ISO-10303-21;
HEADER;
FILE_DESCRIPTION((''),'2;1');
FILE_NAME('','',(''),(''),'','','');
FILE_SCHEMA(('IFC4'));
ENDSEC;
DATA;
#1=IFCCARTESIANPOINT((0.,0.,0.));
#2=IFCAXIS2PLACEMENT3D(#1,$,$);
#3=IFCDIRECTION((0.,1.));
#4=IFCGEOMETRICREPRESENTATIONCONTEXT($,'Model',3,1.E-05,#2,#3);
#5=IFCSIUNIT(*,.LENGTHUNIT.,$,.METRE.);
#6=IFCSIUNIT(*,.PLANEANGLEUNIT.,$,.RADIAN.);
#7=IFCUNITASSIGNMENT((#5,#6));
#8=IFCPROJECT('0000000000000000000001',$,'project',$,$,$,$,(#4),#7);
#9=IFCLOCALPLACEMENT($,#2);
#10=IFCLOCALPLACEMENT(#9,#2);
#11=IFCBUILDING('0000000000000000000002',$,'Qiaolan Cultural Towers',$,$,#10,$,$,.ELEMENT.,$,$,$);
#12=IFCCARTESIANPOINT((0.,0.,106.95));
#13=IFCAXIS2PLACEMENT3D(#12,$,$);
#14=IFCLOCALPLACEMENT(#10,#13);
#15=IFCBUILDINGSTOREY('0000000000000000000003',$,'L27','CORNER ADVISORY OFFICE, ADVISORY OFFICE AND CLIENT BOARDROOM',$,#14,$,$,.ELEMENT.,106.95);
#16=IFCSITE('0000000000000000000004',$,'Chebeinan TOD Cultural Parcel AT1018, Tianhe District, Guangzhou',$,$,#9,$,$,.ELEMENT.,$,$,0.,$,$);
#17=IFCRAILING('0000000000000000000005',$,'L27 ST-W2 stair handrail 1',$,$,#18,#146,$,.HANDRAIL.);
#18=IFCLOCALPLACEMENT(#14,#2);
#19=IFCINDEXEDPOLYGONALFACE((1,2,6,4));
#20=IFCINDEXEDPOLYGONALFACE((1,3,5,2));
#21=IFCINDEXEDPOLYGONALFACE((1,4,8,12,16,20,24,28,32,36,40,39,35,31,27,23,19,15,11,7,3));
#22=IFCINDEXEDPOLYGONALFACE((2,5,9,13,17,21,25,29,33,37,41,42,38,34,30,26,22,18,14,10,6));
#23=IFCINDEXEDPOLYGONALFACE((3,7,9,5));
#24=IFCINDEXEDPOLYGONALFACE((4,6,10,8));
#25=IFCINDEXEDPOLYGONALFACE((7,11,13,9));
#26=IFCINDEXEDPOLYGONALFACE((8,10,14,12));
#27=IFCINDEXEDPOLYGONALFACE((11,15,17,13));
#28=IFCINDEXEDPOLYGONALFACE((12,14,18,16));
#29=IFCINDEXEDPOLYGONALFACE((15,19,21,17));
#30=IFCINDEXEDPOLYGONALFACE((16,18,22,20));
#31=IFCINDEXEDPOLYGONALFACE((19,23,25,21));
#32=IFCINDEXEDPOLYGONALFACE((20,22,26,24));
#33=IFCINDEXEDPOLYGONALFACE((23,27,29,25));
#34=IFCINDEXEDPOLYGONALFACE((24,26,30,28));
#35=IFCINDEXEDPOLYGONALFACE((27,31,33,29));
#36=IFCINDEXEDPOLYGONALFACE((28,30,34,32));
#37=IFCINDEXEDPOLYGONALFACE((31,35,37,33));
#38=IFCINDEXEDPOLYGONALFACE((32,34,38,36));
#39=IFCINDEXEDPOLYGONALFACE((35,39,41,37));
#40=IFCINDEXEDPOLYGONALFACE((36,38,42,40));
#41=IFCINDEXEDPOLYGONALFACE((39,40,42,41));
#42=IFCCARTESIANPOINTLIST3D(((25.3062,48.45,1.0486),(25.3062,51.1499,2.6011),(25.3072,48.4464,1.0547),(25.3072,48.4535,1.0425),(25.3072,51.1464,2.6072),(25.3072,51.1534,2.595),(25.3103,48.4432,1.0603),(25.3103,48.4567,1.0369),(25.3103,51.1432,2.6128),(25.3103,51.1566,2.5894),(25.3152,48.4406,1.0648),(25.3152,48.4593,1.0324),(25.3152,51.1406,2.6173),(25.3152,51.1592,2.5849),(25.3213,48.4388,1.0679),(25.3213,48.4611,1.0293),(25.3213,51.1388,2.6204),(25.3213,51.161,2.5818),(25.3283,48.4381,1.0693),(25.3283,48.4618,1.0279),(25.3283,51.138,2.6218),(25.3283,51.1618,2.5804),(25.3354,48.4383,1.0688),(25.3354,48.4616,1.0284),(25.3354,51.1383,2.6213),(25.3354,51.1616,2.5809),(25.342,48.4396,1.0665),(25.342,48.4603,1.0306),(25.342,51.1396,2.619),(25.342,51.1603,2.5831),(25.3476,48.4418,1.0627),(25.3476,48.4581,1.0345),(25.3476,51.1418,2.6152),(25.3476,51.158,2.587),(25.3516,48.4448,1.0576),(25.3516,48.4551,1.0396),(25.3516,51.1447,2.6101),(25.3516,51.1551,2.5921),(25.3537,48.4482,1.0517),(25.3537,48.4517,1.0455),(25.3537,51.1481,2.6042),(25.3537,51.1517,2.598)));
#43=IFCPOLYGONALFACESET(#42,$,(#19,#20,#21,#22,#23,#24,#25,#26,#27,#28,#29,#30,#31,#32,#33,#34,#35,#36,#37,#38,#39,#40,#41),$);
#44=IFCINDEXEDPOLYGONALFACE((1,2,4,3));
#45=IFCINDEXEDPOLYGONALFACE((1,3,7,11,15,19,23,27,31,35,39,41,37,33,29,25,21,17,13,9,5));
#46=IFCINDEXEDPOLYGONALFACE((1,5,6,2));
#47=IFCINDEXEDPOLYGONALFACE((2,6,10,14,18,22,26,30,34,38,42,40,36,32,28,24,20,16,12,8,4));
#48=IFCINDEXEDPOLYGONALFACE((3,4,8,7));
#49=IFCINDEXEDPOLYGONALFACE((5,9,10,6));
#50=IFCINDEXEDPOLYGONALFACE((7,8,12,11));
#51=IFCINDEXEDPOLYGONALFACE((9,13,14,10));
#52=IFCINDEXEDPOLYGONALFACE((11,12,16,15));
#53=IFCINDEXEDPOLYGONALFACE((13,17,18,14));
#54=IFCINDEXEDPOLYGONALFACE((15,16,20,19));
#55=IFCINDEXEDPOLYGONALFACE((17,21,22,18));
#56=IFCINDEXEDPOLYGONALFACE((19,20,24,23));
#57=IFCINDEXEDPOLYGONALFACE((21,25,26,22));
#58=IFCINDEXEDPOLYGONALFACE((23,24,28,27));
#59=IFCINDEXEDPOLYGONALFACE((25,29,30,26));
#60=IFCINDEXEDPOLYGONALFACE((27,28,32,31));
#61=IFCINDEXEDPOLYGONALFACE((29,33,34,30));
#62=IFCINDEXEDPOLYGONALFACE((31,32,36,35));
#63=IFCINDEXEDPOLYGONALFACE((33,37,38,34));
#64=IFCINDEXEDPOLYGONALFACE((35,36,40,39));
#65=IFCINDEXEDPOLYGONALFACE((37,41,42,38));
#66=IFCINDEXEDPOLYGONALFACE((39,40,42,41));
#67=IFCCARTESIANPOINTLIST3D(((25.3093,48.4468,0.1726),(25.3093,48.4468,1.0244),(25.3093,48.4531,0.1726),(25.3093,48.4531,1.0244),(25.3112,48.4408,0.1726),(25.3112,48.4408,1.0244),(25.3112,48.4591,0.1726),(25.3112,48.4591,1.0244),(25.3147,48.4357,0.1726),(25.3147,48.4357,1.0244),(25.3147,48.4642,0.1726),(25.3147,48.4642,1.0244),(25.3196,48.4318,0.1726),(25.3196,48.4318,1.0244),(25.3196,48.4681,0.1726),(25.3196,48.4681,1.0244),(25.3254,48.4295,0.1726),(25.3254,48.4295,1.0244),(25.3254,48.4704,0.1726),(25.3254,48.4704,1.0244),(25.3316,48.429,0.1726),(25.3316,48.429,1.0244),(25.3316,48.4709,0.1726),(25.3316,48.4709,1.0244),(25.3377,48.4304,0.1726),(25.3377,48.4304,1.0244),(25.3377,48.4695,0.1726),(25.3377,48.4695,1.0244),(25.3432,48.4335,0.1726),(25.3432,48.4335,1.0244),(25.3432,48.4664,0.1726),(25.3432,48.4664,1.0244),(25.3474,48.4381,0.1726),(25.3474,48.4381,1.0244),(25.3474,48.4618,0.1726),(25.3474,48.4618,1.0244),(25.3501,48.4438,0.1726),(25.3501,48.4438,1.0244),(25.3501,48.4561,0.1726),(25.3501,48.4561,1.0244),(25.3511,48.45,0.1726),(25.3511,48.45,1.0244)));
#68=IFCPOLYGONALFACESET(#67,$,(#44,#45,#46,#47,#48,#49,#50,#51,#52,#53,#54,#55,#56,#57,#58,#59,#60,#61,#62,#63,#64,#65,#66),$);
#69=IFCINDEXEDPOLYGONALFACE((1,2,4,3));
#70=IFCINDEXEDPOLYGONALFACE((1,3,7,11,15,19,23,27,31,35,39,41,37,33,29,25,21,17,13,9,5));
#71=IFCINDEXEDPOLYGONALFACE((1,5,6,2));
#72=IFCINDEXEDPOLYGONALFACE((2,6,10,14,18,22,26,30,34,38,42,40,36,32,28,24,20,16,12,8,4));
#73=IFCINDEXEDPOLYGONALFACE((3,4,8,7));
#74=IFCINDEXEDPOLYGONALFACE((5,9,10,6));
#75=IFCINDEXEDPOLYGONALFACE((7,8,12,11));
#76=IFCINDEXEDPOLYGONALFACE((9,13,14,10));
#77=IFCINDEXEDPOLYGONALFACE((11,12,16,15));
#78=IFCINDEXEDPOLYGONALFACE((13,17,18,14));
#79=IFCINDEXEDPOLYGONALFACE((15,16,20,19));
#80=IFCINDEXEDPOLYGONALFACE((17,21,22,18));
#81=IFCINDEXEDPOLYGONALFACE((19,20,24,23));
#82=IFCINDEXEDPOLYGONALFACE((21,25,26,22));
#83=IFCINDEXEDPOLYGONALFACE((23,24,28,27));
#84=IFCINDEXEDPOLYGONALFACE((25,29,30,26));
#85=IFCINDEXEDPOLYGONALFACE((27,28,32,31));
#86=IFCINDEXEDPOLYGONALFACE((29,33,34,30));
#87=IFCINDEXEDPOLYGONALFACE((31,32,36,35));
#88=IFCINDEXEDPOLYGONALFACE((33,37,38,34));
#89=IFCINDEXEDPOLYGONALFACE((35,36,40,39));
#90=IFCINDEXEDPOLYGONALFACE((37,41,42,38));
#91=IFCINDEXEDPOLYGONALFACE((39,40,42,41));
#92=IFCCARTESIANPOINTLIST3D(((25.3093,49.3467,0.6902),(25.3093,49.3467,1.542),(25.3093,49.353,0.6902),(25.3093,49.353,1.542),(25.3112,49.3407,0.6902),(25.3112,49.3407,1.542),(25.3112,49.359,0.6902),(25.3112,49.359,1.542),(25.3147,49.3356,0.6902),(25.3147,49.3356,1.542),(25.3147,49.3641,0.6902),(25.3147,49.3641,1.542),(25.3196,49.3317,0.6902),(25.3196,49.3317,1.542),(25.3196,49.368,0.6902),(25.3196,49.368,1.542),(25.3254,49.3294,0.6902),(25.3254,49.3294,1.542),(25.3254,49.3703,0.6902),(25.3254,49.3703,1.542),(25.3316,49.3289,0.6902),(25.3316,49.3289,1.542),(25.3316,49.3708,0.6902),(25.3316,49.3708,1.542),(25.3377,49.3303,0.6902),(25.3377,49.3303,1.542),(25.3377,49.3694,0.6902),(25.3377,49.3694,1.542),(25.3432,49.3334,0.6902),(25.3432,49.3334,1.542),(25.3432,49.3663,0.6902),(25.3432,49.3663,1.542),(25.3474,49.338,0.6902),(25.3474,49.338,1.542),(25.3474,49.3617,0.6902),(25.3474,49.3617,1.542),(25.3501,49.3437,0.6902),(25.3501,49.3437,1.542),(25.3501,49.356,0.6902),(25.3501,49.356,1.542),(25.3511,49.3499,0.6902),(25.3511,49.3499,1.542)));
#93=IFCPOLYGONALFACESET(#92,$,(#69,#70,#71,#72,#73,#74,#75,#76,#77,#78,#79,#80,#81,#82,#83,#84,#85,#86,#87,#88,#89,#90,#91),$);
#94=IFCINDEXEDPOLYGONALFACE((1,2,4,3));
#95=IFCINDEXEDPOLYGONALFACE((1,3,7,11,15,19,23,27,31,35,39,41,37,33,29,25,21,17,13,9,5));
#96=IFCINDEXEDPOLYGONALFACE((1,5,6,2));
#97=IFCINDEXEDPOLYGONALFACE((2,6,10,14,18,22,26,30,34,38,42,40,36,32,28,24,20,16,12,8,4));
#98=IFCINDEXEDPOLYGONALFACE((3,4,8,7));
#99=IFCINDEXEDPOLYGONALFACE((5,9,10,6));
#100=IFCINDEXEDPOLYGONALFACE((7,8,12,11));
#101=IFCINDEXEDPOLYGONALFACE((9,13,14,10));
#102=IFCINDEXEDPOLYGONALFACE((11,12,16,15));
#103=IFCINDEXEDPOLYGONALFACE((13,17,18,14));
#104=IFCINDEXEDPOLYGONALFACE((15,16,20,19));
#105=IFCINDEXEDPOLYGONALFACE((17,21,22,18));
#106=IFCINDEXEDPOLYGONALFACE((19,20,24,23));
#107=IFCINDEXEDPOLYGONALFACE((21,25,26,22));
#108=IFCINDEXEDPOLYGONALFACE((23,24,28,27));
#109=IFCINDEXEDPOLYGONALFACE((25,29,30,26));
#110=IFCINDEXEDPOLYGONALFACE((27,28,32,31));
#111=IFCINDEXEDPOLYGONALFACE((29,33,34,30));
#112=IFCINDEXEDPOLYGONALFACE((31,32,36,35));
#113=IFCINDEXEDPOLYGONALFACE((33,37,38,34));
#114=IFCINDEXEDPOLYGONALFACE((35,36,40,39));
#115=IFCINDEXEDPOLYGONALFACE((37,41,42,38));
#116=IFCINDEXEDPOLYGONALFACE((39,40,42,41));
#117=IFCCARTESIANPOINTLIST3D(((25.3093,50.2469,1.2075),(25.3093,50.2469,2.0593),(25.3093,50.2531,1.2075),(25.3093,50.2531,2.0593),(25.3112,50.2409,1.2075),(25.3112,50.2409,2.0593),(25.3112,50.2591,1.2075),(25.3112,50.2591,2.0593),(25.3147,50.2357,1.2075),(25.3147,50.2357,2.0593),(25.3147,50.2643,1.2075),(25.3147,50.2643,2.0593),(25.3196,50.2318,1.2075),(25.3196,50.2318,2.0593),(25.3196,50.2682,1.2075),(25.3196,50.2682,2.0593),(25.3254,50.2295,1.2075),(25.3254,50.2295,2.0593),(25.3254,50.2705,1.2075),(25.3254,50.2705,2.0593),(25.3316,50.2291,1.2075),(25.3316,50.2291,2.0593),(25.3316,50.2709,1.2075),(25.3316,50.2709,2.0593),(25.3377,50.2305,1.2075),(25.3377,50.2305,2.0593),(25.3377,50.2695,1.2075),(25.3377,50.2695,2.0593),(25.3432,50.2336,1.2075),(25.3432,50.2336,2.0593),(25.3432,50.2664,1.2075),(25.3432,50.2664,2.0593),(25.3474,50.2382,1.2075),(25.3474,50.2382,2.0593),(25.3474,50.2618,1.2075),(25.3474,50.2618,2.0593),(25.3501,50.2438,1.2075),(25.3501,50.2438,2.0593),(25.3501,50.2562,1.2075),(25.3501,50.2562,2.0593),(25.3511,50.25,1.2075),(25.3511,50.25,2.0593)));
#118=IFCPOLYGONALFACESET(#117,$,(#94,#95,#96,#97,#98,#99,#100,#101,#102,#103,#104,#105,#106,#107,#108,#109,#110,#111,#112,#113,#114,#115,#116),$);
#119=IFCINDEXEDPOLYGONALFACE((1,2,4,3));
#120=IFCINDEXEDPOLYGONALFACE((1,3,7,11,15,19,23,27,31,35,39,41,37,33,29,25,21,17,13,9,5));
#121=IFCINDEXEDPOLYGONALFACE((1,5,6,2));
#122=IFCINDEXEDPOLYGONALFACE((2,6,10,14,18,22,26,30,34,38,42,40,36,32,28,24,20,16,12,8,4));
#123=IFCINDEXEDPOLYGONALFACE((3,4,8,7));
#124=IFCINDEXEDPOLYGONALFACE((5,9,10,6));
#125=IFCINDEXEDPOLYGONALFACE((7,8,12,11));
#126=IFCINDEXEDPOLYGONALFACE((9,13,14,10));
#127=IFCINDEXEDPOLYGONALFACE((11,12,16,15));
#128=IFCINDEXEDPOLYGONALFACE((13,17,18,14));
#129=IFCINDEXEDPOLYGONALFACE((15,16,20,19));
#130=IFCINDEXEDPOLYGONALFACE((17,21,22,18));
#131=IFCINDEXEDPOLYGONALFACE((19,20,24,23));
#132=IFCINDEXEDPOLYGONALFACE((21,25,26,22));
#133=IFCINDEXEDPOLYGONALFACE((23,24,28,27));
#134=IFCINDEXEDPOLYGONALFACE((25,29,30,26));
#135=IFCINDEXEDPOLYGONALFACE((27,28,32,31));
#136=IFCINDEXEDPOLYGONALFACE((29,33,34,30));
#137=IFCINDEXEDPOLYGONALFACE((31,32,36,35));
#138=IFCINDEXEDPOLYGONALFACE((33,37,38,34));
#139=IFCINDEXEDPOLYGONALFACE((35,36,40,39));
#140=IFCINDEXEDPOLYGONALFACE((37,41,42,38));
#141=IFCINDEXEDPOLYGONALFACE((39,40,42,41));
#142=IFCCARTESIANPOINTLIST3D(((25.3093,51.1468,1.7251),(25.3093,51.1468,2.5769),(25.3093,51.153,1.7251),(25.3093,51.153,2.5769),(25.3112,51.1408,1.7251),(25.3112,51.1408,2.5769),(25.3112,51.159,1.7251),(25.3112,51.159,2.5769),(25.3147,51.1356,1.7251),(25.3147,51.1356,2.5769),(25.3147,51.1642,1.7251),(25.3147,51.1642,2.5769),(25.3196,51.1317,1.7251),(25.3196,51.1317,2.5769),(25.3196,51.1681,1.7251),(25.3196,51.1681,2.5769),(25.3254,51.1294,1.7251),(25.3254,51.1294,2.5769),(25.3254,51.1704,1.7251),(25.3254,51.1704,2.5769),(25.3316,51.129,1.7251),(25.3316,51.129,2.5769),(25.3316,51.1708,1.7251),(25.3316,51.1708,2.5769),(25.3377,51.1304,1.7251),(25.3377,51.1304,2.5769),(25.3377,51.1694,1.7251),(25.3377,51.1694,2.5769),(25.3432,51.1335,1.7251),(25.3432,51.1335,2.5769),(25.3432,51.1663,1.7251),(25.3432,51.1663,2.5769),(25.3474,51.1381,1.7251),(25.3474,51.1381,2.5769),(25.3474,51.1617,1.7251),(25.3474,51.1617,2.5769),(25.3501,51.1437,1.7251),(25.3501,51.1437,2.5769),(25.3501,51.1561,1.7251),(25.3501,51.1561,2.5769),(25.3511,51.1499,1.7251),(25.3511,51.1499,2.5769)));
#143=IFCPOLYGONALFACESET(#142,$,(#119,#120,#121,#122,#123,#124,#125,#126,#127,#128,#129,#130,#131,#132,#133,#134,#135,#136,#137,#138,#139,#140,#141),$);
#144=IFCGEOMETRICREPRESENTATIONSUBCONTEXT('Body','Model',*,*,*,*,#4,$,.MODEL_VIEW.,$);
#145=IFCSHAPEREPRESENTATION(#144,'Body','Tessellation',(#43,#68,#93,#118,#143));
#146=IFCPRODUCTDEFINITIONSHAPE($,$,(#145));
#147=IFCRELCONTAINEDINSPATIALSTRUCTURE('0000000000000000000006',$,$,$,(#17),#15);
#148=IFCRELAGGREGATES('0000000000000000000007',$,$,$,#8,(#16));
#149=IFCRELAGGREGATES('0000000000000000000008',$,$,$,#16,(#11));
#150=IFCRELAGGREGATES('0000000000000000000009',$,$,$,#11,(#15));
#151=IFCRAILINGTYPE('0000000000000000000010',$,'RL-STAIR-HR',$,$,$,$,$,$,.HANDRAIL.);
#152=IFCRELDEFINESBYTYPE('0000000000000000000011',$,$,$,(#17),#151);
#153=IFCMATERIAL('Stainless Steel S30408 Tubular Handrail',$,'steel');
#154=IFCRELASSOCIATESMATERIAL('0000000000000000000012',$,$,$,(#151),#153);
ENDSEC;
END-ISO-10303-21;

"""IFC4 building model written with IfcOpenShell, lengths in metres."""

from ifc_helpers import new_model, si_unit, direction, frame, origin, origin_2d, place, context, subcontext, project, spatial, circle, extrude, material, type_object, element, save


model = new_model("IFC4")

# Units and contexts
model_context = context("Model", 3, precision=1e-05, world=origin(), true_north=direction((0.0, 1.0)))
body_context = subcontext(model_context, "Body", "Model", "MODEL_VIEW")
ifc_project = project(units=[si_unit("LENGTHUNIT", "METRE"), si_unit("PLANEANGLEUNIT", "RADIAN")], contexts=[model_context])

# Site, building, storey
site_placement = place(None, origin())
site = spatial("IfcSite", under=ifc_project, at=site_placement, Name="Chebeinan TOD Cultural Parcel AT1018, Tianhe District, Guangzhou", CompositionType="ELEMENT", RefElevation=0.0)
building_placement = place(site_placement, origin())
building = spatial("IfcBuilding", under=site, at=building_placement, Name="Qiaolan Cultural Towers", CompositionType="ELEMENT")
storey_placement = place(building_placement, frame((0.0, 0.0, 106.95)))
storey = spatial("IfcBuildingStorey", under=building, at=storey_placement, Name="L27", Description="CORNER ADVISORY OFFICE, ADVISORY OFFICE AND CLIENT BOARDROOM", CompositionType="ELEMENT", Elevation=106.95)

# Railing
ifc_material_1 = material(Name="Stainless Steel S30408 Tubular Handrail", Category="steel")
railing_type_1 = type_object("IfcRailingType", Name="RL-STAIR-HR", PredefinedType="HANDRAIL", material=ifc_material_1)
railing_1_placement = place(storey_placement, frame((25.3301, 48.45, 0.1726)))
element("IfcRailing", 1, at=railing_1_placement, inside=storey, type_object=railing_type_1, Name="L27 ST-W2 stair handrail 1", PredefinedType="HANDRAIL", context=body_context, shape_type="SweptSolid", body=[
    extrude(circle(Radius=0.0239, at=origin_2d()), frame((0.0, 0.0, 0.876), z_axis=(0.0, 0.866904, 0.498476), x_axis=(-1.0, 0.0, 0.0)), (0.0, 0.0, 1.0), 3.1145),
    extrude(circle(Radius=0.021, at=origin_2d()), origin(), (0.0, 0.0, 1.0), 0.8518),
    extrude(circle(Radius=0.021, at=origin_2d()), frame((0.0, 0.8999, 0.5176)), (0.0, 0.0, 1.0), 0.8518),
    extrude(circle(Radius=0.021, at=origin_2d()), frame((0.0, 1.8, 1.0349)), (0.0, 0.0, 1.0), 0.8518),
    extrude(circle(Radius=0.021, at=origin_2d()), frame((0.0, 2.7, 1.5525)), (0.0, 0.0, 1.0), 0.8518),
])

save(model, "model.ifc")
